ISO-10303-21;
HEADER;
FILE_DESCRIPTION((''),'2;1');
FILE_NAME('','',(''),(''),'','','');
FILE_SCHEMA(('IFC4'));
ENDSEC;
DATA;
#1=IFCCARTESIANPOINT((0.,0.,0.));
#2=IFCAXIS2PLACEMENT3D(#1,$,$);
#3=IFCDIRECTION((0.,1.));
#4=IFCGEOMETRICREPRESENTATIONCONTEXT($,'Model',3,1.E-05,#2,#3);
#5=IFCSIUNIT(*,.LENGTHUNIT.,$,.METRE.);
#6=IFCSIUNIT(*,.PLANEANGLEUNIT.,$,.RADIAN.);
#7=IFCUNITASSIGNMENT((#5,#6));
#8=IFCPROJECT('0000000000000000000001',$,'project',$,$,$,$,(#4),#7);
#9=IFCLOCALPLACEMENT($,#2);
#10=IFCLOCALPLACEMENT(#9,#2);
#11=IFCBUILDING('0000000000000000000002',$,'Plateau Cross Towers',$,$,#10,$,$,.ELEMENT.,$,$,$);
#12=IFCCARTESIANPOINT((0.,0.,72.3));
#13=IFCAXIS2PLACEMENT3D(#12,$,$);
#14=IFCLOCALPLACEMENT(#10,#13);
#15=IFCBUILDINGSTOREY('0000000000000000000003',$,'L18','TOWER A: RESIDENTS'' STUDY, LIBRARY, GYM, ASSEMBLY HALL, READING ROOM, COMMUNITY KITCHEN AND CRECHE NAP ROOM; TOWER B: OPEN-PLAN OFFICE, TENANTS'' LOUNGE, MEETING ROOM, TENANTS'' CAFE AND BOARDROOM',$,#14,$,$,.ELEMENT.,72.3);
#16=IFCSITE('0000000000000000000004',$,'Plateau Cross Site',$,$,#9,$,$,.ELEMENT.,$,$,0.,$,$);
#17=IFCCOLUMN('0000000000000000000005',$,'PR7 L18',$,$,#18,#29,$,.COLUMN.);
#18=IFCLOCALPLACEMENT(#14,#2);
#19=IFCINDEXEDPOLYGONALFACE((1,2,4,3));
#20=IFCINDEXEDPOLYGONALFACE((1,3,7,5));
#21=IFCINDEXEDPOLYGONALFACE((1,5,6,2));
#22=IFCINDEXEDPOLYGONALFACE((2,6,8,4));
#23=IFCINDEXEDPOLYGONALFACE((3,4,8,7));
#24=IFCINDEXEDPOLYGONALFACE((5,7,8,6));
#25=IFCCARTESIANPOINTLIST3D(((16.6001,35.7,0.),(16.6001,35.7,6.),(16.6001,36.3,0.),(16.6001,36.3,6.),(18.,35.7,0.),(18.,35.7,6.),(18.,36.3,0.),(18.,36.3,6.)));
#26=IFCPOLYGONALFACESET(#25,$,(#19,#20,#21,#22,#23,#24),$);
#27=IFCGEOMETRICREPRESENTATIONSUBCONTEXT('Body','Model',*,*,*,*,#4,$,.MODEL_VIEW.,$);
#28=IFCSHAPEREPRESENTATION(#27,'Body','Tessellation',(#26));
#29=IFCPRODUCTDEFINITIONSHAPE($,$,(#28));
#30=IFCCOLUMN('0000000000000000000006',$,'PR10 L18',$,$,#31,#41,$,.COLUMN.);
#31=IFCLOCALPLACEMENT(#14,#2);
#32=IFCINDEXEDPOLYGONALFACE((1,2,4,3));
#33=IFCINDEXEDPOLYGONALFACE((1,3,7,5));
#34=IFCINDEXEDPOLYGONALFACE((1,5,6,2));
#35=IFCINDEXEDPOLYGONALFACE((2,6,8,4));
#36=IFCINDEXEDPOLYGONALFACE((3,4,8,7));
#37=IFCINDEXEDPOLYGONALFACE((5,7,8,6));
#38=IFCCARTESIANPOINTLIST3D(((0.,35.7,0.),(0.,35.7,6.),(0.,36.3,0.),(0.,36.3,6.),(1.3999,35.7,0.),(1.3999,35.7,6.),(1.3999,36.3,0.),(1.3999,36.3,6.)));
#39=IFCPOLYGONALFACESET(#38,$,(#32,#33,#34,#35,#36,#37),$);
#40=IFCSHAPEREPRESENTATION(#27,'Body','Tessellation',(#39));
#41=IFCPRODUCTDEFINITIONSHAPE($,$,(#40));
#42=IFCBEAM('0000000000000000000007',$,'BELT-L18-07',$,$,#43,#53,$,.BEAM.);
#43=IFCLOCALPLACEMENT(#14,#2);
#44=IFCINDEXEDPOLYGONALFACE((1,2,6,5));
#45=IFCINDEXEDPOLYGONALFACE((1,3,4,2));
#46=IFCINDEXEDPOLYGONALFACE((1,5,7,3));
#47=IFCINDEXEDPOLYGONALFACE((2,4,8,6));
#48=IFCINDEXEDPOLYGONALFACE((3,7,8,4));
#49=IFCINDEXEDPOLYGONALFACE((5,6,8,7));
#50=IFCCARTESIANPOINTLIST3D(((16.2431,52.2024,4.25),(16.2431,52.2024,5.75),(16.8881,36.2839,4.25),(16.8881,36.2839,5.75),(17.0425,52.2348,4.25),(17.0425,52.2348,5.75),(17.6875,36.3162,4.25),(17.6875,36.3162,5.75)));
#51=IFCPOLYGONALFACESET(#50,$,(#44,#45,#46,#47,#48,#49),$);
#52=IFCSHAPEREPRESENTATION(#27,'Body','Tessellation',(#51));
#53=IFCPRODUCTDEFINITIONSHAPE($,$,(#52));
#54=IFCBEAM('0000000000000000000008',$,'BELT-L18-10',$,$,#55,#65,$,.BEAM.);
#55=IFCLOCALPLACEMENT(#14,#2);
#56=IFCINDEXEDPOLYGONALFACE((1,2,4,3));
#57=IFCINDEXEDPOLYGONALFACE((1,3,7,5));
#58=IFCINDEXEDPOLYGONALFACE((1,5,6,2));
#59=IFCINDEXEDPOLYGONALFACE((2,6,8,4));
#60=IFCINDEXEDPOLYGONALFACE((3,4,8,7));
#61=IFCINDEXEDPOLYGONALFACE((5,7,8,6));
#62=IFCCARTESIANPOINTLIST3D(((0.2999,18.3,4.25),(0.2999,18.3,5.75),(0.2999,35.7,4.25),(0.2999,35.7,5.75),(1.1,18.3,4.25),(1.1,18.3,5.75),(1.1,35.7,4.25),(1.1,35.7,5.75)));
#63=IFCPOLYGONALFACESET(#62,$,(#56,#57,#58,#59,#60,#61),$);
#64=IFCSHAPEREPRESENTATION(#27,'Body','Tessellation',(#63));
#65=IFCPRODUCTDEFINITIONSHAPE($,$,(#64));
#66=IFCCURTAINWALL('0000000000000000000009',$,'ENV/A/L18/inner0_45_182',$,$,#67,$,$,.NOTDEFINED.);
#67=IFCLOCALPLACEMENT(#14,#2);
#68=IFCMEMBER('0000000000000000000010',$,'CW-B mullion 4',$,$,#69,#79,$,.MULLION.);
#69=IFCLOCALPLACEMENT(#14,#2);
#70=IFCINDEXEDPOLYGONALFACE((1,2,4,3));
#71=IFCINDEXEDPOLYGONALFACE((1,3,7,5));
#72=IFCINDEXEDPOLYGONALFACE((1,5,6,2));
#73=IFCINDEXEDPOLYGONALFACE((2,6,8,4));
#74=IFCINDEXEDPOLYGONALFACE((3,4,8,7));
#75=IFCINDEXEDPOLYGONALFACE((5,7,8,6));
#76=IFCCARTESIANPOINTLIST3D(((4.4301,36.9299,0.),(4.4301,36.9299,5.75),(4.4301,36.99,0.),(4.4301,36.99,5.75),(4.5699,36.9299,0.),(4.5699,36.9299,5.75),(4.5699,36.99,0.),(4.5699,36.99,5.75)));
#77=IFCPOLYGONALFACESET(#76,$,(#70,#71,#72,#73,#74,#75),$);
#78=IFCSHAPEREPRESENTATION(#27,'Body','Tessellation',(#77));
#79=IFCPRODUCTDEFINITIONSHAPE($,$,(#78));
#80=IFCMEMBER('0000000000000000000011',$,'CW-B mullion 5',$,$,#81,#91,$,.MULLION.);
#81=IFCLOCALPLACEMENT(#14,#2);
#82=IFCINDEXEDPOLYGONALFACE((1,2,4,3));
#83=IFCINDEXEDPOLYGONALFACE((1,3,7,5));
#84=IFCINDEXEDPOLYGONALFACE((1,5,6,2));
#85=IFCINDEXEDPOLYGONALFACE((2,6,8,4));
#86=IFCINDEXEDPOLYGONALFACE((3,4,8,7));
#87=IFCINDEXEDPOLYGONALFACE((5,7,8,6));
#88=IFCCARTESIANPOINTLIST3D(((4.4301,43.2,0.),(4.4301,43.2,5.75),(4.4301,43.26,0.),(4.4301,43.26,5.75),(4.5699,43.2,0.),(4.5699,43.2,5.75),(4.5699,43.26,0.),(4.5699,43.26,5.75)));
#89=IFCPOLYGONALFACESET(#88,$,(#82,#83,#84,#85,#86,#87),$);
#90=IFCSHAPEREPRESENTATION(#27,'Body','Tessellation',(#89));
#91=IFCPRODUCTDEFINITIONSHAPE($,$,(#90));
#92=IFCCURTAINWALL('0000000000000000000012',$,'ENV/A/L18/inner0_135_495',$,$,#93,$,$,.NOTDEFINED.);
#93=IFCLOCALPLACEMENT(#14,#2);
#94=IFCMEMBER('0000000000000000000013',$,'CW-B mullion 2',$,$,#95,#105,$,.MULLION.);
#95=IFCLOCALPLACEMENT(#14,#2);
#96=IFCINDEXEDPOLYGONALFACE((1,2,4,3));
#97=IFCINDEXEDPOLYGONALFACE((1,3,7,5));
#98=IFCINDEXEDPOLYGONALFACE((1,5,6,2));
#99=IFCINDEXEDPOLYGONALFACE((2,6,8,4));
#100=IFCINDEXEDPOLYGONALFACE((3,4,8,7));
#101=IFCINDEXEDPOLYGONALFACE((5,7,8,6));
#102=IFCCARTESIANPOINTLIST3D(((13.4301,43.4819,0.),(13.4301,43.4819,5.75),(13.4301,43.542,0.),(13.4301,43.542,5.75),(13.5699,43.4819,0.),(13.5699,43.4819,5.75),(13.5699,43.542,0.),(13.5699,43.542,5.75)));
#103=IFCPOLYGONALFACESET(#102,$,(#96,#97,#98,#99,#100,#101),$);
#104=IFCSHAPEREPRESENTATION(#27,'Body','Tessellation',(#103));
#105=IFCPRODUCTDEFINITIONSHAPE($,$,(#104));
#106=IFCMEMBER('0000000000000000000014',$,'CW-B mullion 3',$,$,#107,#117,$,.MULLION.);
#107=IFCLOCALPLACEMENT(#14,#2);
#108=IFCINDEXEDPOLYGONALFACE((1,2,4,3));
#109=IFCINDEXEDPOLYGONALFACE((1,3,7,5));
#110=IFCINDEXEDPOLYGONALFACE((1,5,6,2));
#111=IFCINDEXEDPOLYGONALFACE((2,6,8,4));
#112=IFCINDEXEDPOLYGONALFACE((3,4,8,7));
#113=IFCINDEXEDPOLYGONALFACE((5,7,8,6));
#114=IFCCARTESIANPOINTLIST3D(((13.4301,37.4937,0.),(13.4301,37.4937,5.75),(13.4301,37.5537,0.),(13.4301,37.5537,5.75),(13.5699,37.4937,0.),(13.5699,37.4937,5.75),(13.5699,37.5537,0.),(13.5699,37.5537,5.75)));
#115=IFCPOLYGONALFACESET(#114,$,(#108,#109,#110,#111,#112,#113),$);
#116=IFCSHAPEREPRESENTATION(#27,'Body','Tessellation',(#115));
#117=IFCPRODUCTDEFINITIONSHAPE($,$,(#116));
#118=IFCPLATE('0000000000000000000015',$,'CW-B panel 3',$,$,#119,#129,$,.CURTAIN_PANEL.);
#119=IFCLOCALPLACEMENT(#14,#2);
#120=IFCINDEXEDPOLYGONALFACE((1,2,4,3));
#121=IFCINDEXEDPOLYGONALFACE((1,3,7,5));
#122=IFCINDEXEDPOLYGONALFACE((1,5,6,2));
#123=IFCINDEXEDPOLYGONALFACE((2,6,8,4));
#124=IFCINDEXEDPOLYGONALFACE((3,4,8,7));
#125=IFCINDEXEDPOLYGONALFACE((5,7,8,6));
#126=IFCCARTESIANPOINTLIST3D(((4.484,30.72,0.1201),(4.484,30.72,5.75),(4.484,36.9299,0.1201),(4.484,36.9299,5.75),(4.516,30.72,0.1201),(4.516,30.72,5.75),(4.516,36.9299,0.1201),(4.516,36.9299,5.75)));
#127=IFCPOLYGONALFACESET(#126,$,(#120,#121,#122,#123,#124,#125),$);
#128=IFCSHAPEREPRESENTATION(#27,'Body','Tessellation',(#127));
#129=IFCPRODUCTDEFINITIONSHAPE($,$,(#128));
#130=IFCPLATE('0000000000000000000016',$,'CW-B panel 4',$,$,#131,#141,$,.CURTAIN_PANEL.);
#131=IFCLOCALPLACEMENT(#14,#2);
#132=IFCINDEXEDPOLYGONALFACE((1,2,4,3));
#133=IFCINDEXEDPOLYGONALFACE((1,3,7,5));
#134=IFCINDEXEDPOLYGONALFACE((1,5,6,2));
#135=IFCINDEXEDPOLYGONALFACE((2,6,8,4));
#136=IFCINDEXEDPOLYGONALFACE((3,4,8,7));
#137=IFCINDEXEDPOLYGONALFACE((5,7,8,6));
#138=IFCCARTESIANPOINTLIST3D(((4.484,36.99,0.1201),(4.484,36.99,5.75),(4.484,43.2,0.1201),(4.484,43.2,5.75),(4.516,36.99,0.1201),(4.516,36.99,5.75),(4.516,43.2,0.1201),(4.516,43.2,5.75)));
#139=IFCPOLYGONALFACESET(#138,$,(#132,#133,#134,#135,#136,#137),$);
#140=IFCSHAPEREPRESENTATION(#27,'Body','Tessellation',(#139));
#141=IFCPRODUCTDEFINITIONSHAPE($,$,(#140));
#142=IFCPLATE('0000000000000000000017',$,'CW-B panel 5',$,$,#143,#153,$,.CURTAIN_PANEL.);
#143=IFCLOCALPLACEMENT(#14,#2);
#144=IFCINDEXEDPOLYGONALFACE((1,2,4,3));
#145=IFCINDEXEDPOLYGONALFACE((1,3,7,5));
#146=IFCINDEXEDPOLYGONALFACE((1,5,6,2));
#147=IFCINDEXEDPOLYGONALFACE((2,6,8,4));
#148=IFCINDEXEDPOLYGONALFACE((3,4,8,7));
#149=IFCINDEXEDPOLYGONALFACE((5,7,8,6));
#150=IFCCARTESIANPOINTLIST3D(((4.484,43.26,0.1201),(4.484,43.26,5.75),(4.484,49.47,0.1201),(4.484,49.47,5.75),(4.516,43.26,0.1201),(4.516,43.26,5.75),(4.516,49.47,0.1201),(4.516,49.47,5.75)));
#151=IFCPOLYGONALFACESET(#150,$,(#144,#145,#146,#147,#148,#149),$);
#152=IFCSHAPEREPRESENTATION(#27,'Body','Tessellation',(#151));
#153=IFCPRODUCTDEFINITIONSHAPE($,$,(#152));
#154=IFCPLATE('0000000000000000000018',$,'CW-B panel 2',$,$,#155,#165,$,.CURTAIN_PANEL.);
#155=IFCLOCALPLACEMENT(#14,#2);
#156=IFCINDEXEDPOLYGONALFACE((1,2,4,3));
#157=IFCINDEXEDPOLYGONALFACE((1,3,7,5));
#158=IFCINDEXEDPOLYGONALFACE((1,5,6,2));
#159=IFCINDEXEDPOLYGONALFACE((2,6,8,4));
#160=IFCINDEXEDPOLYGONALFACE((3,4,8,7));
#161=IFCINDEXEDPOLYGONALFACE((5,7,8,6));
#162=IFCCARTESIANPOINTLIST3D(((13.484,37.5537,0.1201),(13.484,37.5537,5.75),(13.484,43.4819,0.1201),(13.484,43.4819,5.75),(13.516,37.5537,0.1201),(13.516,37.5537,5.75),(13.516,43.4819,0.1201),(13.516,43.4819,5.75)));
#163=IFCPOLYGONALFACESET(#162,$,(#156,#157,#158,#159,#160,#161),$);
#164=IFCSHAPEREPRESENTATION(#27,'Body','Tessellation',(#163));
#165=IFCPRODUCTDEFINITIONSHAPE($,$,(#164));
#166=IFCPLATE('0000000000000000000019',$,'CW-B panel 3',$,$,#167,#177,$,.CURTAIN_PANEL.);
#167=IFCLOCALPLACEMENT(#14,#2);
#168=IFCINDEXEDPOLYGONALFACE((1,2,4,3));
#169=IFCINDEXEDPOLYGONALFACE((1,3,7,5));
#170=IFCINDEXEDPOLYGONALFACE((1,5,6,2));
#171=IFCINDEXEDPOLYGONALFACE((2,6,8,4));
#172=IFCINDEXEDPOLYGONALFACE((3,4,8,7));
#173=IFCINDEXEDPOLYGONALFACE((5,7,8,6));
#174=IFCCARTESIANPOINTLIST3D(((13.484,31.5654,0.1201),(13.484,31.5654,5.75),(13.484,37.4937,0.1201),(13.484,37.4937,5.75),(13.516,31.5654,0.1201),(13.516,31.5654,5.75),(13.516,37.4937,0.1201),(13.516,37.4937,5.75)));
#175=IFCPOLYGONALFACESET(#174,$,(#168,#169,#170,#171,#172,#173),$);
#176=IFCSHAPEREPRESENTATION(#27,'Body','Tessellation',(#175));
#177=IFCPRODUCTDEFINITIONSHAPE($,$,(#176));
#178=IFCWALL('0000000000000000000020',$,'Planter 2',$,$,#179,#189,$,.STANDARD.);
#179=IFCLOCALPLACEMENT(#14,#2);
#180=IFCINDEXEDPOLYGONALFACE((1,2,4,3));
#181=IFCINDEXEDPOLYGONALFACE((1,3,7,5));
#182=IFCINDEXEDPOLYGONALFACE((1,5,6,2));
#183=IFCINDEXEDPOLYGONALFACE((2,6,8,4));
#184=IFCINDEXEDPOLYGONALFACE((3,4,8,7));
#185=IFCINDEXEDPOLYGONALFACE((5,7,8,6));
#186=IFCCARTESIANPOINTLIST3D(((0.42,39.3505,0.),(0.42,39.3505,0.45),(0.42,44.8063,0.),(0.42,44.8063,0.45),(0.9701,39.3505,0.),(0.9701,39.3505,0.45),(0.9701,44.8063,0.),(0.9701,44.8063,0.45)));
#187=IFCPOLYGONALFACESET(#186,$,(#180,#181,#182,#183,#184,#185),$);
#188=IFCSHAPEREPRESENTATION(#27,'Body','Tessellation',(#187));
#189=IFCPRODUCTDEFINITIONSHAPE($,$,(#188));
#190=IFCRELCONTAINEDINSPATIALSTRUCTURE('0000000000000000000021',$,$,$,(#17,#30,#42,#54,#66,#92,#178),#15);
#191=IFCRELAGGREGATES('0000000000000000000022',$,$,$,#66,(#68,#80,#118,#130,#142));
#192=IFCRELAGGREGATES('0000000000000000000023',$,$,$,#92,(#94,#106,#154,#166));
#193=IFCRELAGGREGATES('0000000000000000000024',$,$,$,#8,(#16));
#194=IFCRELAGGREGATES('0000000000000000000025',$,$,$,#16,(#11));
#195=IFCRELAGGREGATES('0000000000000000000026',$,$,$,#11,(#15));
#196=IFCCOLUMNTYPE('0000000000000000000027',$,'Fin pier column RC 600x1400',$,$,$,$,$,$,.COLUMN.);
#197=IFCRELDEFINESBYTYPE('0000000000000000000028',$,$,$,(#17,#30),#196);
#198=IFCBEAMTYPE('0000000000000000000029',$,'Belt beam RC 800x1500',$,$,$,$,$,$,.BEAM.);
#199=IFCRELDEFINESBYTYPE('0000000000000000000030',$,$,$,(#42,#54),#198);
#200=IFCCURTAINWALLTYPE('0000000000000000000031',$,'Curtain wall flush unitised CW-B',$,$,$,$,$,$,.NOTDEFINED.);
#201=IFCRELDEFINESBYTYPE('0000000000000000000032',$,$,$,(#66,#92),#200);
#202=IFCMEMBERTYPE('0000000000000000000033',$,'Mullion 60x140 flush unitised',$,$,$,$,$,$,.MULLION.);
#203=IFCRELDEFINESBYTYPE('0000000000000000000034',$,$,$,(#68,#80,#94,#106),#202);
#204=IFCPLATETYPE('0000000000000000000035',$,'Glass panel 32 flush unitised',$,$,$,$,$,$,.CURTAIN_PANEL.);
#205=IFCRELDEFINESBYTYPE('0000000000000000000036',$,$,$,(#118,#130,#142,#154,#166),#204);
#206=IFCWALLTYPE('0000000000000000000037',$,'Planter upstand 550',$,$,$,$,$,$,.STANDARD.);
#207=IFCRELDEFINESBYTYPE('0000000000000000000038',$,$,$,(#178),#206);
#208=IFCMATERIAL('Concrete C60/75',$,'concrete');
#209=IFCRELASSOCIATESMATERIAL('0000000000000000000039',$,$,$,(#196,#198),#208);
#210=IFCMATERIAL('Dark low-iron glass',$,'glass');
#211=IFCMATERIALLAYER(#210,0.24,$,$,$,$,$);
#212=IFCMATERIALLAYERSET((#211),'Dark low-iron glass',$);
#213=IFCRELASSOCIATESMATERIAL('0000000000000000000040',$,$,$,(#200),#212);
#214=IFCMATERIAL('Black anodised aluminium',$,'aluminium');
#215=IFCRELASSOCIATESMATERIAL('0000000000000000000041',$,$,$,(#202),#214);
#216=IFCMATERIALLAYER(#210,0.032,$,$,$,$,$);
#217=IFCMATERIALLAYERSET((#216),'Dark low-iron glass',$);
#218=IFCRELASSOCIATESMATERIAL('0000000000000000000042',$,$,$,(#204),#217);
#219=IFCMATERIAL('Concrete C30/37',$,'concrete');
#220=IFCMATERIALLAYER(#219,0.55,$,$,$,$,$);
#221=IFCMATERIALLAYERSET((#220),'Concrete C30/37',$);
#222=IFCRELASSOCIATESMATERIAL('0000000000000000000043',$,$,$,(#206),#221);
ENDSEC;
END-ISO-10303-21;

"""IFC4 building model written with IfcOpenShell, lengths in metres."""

from ifc_helpers import new_model, si_unit, direction, frame, frame_2d, origin, origin_2d, place, context, subcontext, project, spatial, rectangle, extrude, material, layer, layer_set, material_profile, profile_set, type_object, element, aggregate, save


model = new_model("IFC4")

# Units and contexts
model_context = context("Model", 3, precision=1e-05, world=origin(), true_north=direction((0.0, 1.0)))
body_context = subcontext(model_context, "Body", "Model", "MODEL_VIEW")
ifc_project = project(units=[si_unit("LENGTHUNIT", "METRE"), si_unit("PLANEANGLEUNIT", "RADIAN")], contexts=[model_context])

# Site, building, storey
site_placement = place(None, origin())
site = spatial("IfcSite", under=ifc_project, at=site_placement, Name="Plateau Cross Site", CompositionType="ELEMENT", RefElevation=0.0)
building_placement = place(site_placement, origin())
building = spatial("IfcBuilding", under=site, at=building_placement, Name="Plateau Cross Towers", CompositionType="ELEMENT")
storey_placement = place(building_placement, frame((0.0, 0.0, 72.3)))
storey = spatial("IfcBuildingStorey", under=building, at=storey_placement, Name="L18", Description="TOWER A: RESIDENTS' STUDY, LIBRARY, GYM, ASSEMBLY HALL, READING ROOM, COMMUNITY KITCHEN AND CRECHE NAP ROOM; TOWER B: OPEN-PLAN OFFICE, TENANTS' LOUNGE, MEETING ROOM, TENANTS' CAFE AND BOARDROOM", CompositionType="ELEMENT", Elevation=72.3)

# Columns
ifc_material_1 = material(Name="Concrete C60/75", Category="concrete")
ifc_material_profile_1 = material_profile(ifc_material_1, rectangle(XDim=0.6001, YDim=1.3999, at=origin_2d()), Name="RC 600x1400")
ifc_profile_set_1 = profile_set([ifc_material_profile_1], Name="Concrete C60/75")
column_type = type_object("IfcColumnType", Name="Fin pier column RC 600x1400", PredefinedType="COLUMN", material=ifc_profile_set_1)
for number, where, z_axis, x_axis, name in (
    (1, (17.3, 36.0, 0.0), (0.0, 0.0, 1.0), (0.0, 1.0, 0.0), "PR7 L18"),
    (2, (0.7, 36.0, 0.0), (0.0, 0.0, 1.0), (0.0, 1.0, 0.0), "PR10 L18"),
):
    element("IfcColumn", number, at=place(storey_placement, frame(where, z_axis=z_axis, x_axis=x_axis)), inside=storey, type_object=column_type, Name=name, PredefinedType="COLUMN", context=body_context, shape_type="SweptSolid", body=[
        extrude(rectangle(XDim=0.6001, YDim=1.3999, at=origin_2d()), origin(), (0.0, 0.0, 1.0), 6.0),
    ])

# Beams
ifc_material_profile_2 = material_profile(ifc_material_1, rectangle(XDim=0.8, YDim=1.5, at=origin_2d()), Name="RC 800x1500")
ifc_profile_set_2 = profile_set([ifc_material_profile_2], Name="Concrete C60/75")
beam_type = type_object("IfcBeamType", Name="Belt beam RC 800x1500", PredefinedType="BEAM", material=ifc_profile_set_2)
beam_1_placement = place(storey_placement, frame((17.2878, 36.3, 5.0), z_axis=(-0.040487, 0.99918, 0.0), x_axis=(-0.99918, -0.040487, 0.0)))
element("IfcBeam", 3, at=beam_1_placement, inside=storey, type_object=beam_type, Name="BELT-L18-07", PredefinedType="BEAM", context=body_context, shape_type="SweptSolid", body=[
    extrude(rectangle(XDim=0.8, YDim=1.5, at=origin_2d()), origin(), (0.0, 0.0, 1.0), 15.9316),
])
beam_2_placement = place(storey_placement, frame((0.7, 35.7, 5.0), z_axis=(0.0, -1.0, 0.0), x_axis=(1.0, 0.0, 0.0)))
element("IfcBeam", 4, at=beam_2_placement, inside=storey, type_object=beam_type, Name="BELT-L18-10", PredefinedType="BEAM", context=body_context, shape_type="SweptSolid", body=[
    extrude(rectangle(XDim=0.8, YDim=1.5, at=origin_2d()), origin(), (0.0, 0.0, 1.0), 17.3999),
])

# Curtain walls, members
ifc_material_2 = material(Name="Dark low-iron glass", Category="glass")
ifc_layer_1 = layer(ifc_material_2, 0.24)
ifc_layer_set_1 = layer_set([ifc_layer_1], Name="Dark low-iron glass")
curtain_wall_type = type_object("IfcCurtainWallType", Name="Curtain wall flush unitised CW-B", PredefinedType="NOTDEFINED", material=ifc_layer_set_1)
curtain_wall_1_placement = place(storey_placement, origin())
curtain_wall_1 = element("IfcCurtainWall", 5, at=curtain_wall_1_placement, inside=storey, type_object=curtain_wall_type, Name="ENV/A/L18/inner0_45_182", PredefinedType="NOTDEFINED")
ifc_material_3 = material(Name="Black anodised aluminium", Category="aluminium")
ifc_material_profile_3 = material_profile(ifc_material_3, rectangle(XDim=0.0601, YDim=0.1399, at=origin_2d()), Name="MULLION 60x140")
ifc_profile_set_3 = profile_set([ifc_material_profile_3], Name="Black anodised aluminium")
member_type = type_object("IfcMemberType", Name="Mullion 60x140 flush unitised", PredefinedType="MULLION", material=ifc_profile_set_3)
member_1_placement = place(storey_placement, frame((4.5, 36.96, 0.0), z_axis=(0.0, 0.0, 1.0), x_axis=(0.0, 1.0, 0.0)))
member_1 = element("IfcMember", 6, at=member_1_placement, type_object=member_type, Name="CW-B mullion 4", PredefinedType="MULLION", context=body_context, shape_type="SweptSolid", body=[
    extrude(rectangle(XDim=0.0601, YDim=0.1399, at=origin_2d()), origin(), (0.0, 0.0, 1.0), 5.75),
])
member_2_placement = place(storey_placement, frame((4.5, 43.23, 0.0), z_axis=(0.0, 0.0, 1.0), x_axis=(0.0, 1.0, 0.0)))
member_2 = element("IfcMember", 7, at=member_2_placement, type_object=member_type, Name="CW-B mullion 5", PredefinedType="MULLION", context=body_context, shape_type="SweptSolid", body=[
    extrude(rectangle(XDim=0.0601, YDim=0.1399, at=origin_2d()), origin(), (0.0, 0.0, 1.0), 5.75),
])
curtain_wall_2_placement = place(storey_placement, origin())
curtain_wall_2 = element("IfcCurtainWall", 8, at=curtain_wall_2_placement, inside=storey, type_object=curtain_wall_type, Name="ENV/A/L18/inner0_135_495", PredefinedType="NOTDEFINED")
member_3_placement = place(storey_placement, frame((13.5, 43.512, 0.0), z_axis=(0.0, 0.0, 1.0), x_axis=(0.0, -1.0, 0.0)))
member_3 = element("IfcMember", 9, at=member_3_placement, type_object=member_type, Name="CW-B mullion 2", PredefinedType="MULLION", context=body_context, shape_type="SweptSolid", body=[
    extrude(rectangle(XDim=0.0601, YDim=0.1399, at=origin_2d()), origin(), (0.0, 0.0, 1.0), 5.75),
])
member_4_placement = place(storey_placement, frame((13.5, 37.5237, 0.0), z_axis=(0.0, 0.0, 1.0), x_axis=(0.0, -1.0, 0.0)))
member_4 = element("IfcMember", 10, at=member_4_placement, type_object=member_type, Name="CW-B mullion 3", PredefinedType="MULLION", context=body_context, shape_type="SweptSolid", body=[
    extrude(rectangle(XDim=0.0601, YDim=0.1399, at=origin_2d()), origin(), (0.0, 0.0, 1.0), 5.75),
])

# Plates
ifc_layer_2 = layer(ifc_material_2, 0.032)
ifc_layer_set_2 = layer_set([ifc_layer_2], Name="Dark low-iron glass")
plate_type = type_object("IfcPlateType", Name="Glass panel 32 flush unitised", PredefinedType="CURTAIN_PANEL", material=ifc_layer_set_2)
plate_1_placement = place(storey_placement, frame((4.5, 33.825, 0.1201), z_axis=(0.0, 0.0, 1.0), x_axis=(0.0, 1.0, 0.0)))
plate_1 = element("IfcPlate", 11, at=plate_1_placement, type_object=plate_type, Name="CW-B panel 3", PredefinedType="CURTAIN_PANEL", context=body_context, shape_type="SweptSolid", body=[
    extrude(rectangle(XDim=6.21, YDim=0.032, at=origin_2d()), origin(), (0.0, 0.0, 1.0), 5.6299),
])
plate_2_placement = place(storey_placement, frame((4.5, 40.095, 0.1201), z_axis=(0.0, 0.0, 1.0), x_axis=(0.0, 1.0, 0.0)))
plate_2 = element("IfcPlate", 12, at=plate_2_placement, type_object=plate_type, Name="CW-B panel 4", PredefinedType="CURTAIN_PANEL", context=body_context, shape_type="SweptSolid", body=[
    extrude(rectangle(XDim=6.21, YDim=0.032, at=origin_2d()), origin(), (0.0, 0.0, 1.0), 5.6299),
])
plate_3_placement = place(storey_placement, frame((4.5, 46.365, 0.1201), z_axis=(0.0, 0.0, 1.0), x_axis=(0.0, 1.0, 0.0)))
plate_3 = element("IfcPlate", 13, at=plate_3_placement, type_object=plate_type, Name="CW-B panel 5", PredefinedType="CURTAIN_PANEL", context=body_context, shape_type="SweptSolid", body=[
    extrude(rectangle(XDim=6.21, YDim=0.032, at=origin_2d()), origin(), (0.0, 0.0, 1.0), 5.6299),
])
aggregate(curtain_wall_1, [member_1, member_2, plate_1, plate_2, plate_3])
plate_4_placement = place(storey_placement, frame((13.5, 40.5178, 0.1201), z_axis=(0.0, 0.0, 1.0), x_axis=(0.0, -1.0, 0.0)))
plate_4 = element("IfcPlate", 14, at=plate_4_placement, type_object=plate_type, Name="CW-B panel 2", PredefinedType="CURTAIN_PANEL", context=body_context, shape_type="SweptSolid", body=[
    extrude(rectangle(XDim=5.9282, YDim=0.032, at=origin_2d()), origin(), (0.0, 0.0, 1.0), 5.6299),
])
plate_5_placement = place(storey_placement, frame((13.5, 34.5295, 0.1201), z_axis=(0.0, 0.0, 1.0), x_axis=(0.0, -1.0, 0.0)))
plate_5 = element("IfcPlate", 15, at=plate_5_placement, type_object=plate_type, Name="CW-B panel 3", PredefinedType="CURTAIN_PANEL", context=body_context, shape_type="SweptSolid", body=[
    extrude(rectangle(XDim=5.9282, YDim=0.032, at=origin_2d()), origin(), (0.0, 0.0, 1.0), 5.6299),
])
aggregate(curtain_wall_2, [member_3, member_4, plate_4, plate_5])

# Wall
ifc_material_4 = material(Name="Concrete C30/37", Category="concrete")
ifc_layer_3 = layer(ifc_material_4, 0.55)
ifc_layer_set_3 = layer_set([ifc_layer_3], Name="Concrete C30/37")
wall_type_1 = type_object("IfcWallType", Name="Planter upstand 550", PredefinedType="STANDARD", material=ifc_layer_set_3)
wall_1_placement = place(storey_placement, frame((0.6951, 39.3503, 0.0), z_axis=(0.0, 0.0, 1.0), x_axis=(0.0, 1.0, 0.0)))
element("IfcWall", 16, at=wall_1_placement, inside=storey, type_object=wall_type_1, Name="Planter 2", PredefinedType="STANDARD", context=body_context, shape_type="SweptSolid", body=[
    extrude(rectangle(XDim=5.4558, YDim=0.55, at=frame_2d((2.728, 0.0))), origin(), (0.0, 0.0, 1.0), 0.45),
])

save(model, "model.ifc")
